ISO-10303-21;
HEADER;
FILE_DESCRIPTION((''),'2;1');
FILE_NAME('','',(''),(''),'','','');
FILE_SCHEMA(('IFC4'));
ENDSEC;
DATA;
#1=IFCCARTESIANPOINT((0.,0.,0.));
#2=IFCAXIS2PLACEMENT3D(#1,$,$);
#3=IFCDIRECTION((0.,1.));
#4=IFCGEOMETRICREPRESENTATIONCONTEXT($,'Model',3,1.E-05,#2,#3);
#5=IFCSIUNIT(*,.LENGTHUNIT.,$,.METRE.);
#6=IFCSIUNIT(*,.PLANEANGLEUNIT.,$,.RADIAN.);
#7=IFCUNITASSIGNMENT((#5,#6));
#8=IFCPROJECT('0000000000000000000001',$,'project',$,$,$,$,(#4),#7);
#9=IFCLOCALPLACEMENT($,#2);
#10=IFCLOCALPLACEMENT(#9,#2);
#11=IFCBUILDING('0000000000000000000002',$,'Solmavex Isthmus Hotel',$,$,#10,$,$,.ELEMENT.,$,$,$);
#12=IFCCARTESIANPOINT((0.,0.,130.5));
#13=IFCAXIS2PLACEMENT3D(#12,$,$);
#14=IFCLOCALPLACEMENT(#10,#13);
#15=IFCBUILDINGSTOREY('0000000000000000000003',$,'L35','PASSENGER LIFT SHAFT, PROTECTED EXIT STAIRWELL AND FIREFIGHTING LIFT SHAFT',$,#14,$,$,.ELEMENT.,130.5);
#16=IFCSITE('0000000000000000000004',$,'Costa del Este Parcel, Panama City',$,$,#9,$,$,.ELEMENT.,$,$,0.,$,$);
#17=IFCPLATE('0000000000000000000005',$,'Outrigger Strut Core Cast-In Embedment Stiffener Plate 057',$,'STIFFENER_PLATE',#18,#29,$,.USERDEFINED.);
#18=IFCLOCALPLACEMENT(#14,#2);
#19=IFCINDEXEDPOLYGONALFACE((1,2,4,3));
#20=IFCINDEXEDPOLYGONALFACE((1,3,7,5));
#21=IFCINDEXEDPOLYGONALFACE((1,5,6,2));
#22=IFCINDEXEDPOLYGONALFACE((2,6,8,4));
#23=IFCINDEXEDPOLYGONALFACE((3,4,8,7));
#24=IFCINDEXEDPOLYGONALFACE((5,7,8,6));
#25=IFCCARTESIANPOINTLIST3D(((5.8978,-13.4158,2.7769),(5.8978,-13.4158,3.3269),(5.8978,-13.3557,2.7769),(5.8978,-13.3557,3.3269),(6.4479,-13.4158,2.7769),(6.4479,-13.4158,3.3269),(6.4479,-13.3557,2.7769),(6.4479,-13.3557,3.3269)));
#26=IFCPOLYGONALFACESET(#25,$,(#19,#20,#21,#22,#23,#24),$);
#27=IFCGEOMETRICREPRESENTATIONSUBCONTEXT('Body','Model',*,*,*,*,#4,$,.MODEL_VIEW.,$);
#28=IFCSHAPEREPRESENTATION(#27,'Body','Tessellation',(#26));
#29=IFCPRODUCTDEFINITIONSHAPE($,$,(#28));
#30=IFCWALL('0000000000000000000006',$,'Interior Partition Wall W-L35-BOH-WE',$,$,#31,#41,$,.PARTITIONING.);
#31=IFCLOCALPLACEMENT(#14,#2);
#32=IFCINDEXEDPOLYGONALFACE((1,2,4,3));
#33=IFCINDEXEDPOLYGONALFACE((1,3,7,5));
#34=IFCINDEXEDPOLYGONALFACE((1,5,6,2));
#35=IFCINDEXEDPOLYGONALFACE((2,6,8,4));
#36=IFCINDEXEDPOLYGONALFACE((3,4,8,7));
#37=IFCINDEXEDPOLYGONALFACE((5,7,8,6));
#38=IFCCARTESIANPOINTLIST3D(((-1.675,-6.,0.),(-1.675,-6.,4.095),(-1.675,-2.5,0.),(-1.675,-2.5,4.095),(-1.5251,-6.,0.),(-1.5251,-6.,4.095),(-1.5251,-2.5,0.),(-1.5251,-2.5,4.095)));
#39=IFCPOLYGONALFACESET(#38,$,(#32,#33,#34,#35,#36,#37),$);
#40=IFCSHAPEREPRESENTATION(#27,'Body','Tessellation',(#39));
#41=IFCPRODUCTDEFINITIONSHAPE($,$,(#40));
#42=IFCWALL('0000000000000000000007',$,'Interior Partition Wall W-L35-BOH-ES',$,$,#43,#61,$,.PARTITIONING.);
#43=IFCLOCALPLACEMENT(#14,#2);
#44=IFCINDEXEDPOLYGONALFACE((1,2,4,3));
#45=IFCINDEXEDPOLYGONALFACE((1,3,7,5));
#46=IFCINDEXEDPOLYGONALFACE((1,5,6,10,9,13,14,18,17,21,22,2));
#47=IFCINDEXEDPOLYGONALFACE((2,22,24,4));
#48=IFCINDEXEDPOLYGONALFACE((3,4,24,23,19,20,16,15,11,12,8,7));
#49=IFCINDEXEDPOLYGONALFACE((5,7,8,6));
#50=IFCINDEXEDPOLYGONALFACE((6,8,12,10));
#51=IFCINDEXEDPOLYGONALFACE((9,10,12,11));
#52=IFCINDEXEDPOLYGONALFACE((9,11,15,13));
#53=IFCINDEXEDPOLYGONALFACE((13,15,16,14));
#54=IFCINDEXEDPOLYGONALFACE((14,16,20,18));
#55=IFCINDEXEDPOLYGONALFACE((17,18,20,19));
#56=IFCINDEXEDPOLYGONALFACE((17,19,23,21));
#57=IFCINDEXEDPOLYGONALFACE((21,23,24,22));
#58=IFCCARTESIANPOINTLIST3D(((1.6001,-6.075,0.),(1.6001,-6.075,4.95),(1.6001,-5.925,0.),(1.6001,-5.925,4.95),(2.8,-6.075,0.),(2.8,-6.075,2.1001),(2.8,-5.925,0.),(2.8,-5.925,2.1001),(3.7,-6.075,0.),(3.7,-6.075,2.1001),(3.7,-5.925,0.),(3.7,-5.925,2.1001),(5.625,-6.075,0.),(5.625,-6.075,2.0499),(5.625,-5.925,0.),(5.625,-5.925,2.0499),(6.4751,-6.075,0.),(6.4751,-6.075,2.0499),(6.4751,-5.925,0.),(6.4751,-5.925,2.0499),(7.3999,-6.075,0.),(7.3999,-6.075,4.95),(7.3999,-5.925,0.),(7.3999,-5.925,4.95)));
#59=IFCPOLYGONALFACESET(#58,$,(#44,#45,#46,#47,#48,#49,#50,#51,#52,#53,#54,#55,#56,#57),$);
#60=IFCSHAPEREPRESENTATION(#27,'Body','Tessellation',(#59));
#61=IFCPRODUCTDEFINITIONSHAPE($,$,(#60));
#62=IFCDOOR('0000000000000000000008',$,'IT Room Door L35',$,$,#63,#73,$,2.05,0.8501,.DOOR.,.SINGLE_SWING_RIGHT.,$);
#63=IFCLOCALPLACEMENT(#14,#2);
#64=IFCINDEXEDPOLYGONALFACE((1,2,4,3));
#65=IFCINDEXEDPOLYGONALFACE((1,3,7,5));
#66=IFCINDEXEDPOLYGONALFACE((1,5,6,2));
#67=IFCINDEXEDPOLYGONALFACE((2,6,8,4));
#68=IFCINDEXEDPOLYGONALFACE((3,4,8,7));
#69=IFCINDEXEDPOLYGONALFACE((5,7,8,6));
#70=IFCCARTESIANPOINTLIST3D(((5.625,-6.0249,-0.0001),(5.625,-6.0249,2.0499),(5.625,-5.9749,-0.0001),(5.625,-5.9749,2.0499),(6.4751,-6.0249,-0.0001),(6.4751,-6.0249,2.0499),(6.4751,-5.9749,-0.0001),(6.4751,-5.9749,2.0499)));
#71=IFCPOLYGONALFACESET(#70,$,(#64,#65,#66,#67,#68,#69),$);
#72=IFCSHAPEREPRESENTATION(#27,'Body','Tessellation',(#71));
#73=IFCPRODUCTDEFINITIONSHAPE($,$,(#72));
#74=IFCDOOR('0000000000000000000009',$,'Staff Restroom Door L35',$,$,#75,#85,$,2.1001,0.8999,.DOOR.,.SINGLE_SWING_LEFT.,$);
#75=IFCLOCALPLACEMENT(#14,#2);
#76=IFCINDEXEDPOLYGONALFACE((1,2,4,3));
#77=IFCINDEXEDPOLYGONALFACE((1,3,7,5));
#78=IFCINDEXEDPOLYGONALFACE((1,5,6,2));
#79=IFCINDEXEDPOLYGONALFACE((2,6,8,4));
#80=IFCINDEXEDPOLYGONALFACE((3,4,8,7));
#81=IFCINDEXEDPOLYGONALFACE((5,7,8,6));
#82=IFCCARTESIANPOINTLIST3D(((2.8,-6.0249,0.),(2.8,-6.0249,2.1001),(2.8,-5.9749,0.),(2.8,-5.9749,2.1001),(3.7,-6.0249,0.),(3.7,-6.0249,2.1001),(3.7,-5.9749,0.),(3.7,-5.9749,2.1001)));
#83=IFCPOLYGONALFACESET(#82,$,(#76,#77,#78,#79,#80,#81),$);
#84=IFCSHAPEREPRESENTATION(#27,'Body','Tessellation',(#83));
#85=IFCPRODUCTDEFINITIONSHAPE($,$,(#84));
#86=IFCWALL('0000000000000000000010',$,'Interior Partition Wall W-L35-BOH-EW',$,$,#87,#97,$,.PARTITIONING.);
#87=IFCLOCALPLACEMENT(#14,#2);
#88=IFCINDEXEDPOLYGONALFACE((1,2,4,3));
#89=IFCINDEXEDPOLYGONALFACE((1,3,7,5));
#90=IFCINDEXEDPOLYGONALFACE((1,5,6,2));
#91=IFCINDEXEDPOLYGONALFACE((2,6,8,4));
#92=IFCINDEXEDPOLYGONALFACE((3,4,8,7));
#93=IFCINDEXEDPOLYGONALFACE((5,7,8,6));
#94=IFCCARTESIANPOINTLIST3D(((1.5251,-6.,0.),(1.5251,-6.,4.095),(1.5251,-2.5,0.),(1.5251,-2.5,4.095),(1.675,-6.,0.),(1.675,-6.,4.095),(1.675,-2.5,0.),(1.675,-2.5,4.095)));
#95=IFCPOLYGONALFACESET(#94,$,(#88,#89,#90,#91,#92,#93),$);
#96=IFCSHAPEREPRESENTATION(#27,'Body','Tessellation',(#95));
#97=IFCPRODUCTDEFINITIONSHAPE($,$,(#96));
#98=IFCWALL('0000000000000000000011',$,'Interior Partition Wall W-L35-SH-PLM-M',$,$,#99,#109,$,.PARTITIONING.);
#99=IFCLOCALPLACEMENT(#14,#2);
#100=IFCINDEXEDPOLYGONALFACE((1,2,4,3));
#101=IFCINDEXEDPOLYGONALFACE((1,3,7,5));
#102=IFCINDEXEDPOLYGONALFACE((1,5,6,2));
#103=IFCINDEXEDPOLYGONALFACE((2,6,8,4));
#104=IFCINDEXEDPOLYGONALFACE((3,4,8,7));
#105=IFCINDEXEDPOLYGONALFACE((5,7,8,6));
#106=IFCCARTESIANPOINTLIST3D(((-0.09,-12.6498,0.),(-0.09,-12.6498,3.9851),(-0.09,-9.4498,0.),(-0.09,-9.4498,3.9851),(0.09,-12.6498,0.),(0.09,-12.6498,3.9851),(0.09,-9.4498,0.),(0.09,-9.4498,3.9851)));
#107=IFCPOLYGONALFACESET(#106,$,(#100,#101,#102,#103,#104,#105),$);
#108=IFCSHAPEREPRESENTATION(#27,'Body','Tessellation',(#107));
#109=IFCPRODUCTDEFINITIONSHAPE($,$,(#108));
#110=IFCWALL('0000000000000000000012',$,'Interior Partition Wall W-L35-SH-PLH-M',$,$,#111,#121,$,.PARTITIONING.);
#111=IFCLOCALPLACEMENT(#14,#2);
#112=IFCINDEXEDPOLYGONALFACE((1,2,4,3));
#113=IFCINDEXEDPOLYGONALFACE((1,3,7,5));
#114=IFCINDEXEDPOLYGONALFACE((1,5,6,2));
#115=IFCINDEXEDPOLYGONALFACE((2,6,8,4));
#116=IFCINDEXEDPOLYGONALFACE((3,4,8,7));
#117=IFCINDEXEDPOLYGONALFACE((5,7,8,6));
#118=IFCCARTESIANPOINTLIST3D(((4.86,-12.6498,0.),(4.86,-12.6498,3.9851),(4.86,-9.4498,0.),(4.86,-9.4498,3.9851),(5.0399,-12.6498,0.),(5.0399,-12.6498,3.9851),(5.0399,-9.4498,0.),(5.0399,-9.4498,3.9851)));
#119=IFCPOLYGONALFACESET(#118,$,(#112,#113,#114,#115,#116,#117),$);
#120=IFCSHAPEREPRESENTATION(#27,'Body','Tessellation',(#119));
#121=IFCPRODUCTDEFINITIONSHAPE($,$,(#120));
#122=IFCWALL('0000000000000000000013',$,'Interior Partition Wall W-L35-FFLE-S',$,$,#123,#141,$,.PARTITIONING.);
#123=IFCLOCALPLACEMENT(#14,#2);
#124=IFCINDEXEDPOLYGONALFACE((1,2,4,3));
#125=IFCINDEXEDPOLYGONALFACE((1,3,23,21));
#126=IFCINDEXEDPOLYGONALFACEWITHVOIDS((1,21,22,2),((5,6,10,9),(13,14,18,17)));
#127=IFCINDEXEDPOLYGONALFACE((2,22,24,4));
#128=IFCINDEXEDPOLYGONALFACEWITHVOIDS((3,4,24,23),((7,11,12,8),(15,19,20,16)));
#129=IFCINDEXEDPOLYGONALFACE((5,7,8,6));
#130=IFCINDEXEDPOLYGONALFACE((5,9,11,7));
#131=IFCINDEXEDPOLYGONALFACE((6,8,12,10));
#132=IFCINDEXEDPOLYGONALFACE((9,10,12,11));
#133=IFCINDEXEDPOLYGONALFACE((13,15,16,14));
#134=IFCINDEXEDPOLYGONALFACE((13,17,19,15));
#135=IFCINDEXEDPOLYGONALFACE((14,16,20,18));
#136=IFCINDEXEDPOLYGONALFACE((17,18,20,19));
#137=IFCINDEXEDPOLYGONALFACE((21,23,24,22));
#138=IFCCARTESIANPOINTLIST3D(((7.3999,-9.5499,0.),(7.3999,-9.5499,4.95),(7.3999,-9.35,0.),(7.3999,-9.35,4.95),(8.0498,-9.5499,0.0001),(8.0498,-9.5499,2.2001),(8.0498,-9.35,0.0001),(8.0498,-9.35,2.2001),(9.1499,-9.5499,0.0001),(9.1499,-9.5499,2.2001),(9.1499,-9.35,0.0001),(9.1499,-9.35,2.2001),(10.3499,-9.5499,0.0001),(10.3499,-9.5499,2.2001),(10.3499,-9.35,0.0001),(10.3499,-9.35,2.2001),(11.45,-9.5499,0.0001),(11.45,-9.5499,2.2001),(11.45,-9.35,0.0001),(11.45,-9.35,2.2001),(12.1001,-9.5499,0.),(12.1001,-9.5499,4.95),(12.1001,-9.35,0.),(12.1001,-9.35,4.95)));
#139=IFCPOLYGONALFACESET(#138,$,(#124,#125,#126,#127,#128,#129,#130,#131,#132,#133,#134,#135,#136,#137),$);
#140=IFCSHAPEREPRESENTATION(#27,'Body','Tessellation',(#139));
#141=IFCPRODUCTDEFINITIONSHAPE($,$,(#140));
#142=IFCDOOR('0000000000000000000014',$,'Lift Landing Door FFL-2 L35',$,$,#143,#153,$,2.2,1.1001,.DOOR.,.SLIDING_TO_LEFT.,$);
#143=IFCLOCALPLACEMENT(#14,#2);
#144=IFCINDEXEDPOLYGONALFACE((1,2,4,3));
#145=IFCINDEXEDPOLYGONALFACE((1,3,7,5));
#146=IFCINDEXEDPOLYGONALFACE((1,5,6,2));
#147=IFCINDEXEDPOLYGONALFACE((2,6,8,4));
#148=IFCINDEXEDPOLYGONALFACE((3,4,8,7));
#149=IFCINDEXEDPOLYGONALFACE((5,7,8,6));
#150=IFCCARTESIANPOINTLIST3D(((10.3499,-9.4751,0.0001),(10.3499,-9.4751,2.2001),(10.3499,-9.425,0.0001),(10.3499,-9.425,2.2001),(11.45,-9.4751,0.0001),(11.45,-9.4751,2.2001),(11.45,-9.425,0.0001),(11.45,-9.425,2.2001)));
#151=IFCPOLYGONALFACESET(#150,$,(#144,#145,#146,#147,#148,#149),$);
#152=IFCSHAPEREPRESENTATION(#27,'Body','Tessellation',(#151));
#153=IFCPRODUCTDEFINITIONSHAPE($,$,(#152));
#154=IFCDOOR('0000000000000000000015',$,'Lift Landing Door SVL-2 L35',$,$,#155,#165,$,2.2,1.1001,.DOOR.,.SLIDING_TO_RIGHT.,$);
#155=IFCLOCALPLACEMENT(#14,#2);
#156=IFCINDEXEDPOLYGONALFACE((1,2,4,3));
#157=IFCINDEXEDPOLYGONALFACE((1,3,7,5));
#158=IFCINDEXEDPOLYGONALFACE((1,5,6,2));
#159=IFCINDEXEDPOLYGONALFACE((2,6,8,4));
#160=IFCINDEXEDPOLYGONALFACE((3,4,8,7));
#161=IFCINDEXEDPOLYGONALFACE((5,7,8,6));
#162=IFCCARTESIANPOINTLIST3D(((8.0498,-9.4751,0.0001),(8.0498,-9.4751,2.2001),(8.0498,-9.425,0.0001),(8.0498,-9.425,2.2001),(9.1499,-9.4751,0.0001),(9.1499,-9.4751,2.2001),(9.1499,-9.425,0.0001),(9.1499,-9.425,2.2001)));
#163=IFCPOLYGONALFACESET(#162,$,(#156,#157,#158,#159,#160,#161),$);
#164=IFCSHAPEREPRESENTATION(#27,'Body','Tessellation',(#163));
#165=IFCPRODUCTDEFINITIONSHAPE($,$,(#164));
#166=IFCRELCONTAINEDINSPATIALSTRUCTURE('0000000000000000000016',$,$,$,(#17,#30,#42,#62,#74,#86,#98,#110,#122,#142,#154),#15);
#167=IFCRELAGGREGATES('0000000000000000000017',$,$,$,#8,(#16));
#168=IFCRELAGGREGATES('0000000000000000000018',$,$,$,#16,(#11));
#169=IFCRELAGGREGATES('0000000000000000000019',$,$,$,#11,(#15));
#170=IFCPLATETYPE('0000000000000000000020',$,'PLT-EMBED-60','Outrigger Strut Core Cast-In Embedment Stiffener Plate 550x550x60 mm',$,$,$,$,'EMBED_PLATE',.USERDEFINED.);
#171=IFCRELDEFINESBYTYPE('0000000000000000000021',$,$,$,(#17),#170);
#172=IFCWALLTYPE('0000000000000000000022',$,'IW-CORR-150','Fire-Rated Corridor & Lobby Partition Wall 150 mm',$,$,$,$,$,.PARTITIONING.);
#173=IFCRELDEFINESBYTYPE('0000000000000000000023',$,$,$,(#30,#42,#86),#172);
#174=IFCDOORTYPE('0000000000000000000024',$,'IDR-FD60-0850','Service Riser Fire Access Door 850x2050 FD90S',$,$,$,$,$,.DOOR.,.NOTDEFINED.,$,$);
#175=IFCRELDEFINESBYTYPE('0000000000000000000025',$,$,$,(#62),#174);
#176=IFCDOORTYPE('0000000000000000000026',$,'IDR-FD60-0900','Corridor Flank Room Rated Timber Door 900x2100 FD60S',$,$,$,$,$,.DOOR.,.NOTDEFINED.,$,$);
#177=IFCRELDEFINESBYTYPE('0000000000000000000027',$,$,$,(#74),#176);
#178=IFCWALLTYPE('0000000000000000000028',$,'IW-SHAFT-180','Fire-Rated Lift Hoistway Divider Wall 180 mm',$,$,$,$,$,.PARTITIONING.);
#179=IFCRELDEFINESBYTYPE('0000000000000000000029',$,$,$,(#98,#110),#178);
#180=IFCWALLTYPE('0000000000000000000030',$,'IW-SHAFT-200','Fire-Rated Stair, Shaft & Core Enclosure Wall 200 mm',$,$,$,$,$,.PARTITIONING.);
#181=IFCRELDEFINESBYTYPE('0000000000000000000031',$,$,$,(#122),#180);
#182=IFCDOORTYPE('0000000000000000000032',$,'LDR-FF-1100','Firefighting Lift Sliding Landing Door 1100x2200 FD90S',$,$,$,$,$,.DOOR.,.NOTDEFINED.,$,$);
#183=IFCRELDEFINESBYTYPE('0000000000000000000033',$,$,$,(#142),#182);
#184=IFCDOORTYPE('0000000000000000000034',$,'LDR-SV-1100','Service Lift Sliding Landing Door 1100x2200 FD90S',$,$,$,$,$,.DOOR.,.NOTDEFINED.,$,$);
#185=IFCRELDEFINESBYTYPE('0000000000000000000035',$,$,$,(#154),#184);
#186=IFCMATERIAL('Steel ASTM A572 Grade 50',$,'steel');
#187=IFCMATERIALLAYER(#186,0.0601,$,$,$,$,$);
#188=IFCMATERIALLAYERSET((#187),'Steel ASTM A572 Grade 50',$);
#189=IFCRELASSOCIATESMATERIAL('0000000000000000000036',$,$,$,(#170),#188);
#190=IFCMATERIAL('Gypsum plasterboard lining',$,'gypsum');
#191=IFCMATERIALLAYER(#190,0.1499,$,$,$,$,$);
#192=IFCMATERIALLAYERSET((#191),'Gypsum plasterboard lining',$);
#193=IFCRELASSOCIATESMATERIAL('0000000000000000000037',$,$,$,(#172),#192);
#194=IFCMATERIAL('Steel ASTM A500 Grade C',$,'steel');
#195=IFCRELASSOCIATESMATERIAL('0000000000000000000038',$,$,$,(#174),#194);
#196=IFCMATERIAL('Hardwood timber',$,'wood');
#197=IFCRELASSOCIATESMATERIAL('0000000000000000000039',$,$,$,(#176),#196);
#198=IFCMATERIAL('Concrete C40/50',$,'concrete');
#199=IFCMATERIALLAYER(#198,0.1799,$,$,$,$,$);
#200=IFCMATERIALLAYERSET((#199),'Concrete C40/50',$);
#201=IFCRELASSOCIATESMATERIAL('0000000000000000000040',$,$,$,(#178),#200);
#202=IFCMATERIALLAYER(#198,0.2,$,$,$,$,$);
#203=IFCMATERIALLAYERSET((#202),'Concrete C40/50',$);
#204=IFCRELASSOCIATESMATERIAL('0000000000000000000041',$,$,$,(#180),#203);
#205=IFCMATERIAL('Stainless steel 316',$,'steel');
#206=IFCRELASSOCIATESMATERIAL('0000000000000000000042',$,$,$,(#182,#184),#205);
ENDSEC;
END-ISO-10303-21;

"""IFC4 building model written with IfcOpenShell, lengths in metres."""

from ifc_helpers import new_model, si_unit, direction, frame, frame_2d, origin, origin_2d, place, context, subcontext, project, spatial, rectangle, extrude, material, layer, layer_set, type_object, element, fill, save


model = new_model("IFC4")

# Units and contexts
model_context = context("Model", 3, precision=1e-05, world=origin(), true_north=direction((0.0, 1.0)))
body_context = subcontext(model_context, "Body", "Model", "MODEL_VIEW")
ifc_project = project(units=[si_unit("LENGTHUNIT", "METRE"), si_unit("PLANEANGLEUNIT", "RADIAN")], contexts=[model_context])

# Site, building, storey
site_placement = place(None, origin())
site = spatial("IfcSite", under=ifc_project, at=site_placement, Name="Costa del Este Parcel, Panama City", CompositionType="ELEMENT", RefElevation=0.0)
building_placement = place(site_placement, origin())
building = spatial("IfcBuilding", under=site, at=building_placement, Name="Solmavex Isthmus Hotel", CompositionType="ELEMENT")
storey_placement = place(building_placement, frame((0.0, 0.0, 130.5)))
storey = spatial("IfcBuildingStorey", under=building, at=storey_placement, Name="L35", Description="PASSENGER LIFT SHAFT, PROTECTED EXIT STAIRWELL AND FIREFIGHTING LIFT SHAFT", CompositionType="ELEMENT", Elevation=130.5)

# Plate
ifc_material_1 = material(Name="Steel ASTM A572 Grade 50", Category="steel")
ifc_layer_1 = layer(ifc_material_1, 0.0601)
ifc_layer_set_1 = layer_set([ifc_layer_1], Name="Steel ASTM A572 Grade 50")
plate_type = type_object("IfcPlateType", Name="PLT-EMBED-60", Description="Outrigger Strut Core Cast-In Embedment Stiffener Plate 550x550x60 mm", ElementType="EMBED_PLATE", PredefinedType="USERDEFINED", material=ifc_layer_set_1)
plate_placement = place(storey_placement, frame((6.1729, -13.3857, 2.7769), z_axis=(0.0, 0.0, 1.0), x_axis=(1.0, 0.0, 0.0)))
element("IfcPlate", 1, at=plate_placement, inside=storey, type_object=plate_type, Name="Outrigger Strut Core Cast-In Embedment Stiffener Plate 057", ObjectType="STIFFENER_PLATE", PredefinedType="USERDEFINED", context=body_context, shape_type="SweptSolid", body=[
    extrude(rectangle(XDim=0.55, YDim=0.0601, at=origin_2d()), origin(), (0.0, 0.0, 1.0), 0.55),
])

# Wall
ifc_material_2 = material(Name="Gypsum plasterboard lining", Category="gypsum")
ifc_layer_2 = layer(ifc_material_2, 0.1499)
ifc_layer_set_2 = layer_set([ifc_layer_2], Name="Gypsum plasterboard lining")
wall_type_1 = type_object("IfcWallType", Name="IW-CORR-150", Description="Fire-Rated Corridor & Lobby Partition Wall 150 mm", PredefinedType="PARTITIONING", material=ifc_layer_set_2)
wall_1_placement = place(storey_placement, frame((-1.6001, -6.0, 0.0), z_axis=(0.0, 0.0, 1.0), x_axis=(0.0, 1.0, 0.0)))
element("IfcWall", 2, at=wall_1_placement, inside=storey, type_object=wall_type_1, Name="Interior Partition Wall W-L35-BOH-WE", PredefinedType="PARTITIONING", context=body_context, shape_type="SweptSolid", body=[
    extrude(rectangle(XDim=3.5, YDim=0.1499, at=frame_2d((1.75, 0.0))), origin(), (0.0, 0.0, 1.0), 4.095),
])

# Wall, openings, doors
wall_2_placement = place(storey_placement, frame((1.6001, -6.0, 0.0), z_axis=(0.0, 0.0, 1.0), x_axis=(1.0, 0.0, 0.0)))
wall_2 = element("IfcWall", 3, at=wall_2_placement, inside=storey, type_object=wall_type_1, Name="Interior Partition Wall W-L35-BOH-ES", PredefinedType="PARTITIONING", context=body_context, shape_type="SweptSolid", body=[
    extrude(rectangle(XDim=5.7998, YDim=0.1499, at=frame_2d((2.8999, 0.0))), origin(), (0.0, 0.0, 1.0), 4.95),
])
opening_1_placement = place(wall_2_placement, frame((1.2, 0.0, 0.0)))
opening_1 = element("IfcOpeningElement", 4, at=opening_1_placement, cuts=wall_2, PredefinedType="OPENING", context=body_context, shape_type="SweptSolid", body=[
    extrude(rectangle(XDim=0.8999, YDim=2.1001, at=frame_2d((0.45, 1.05))), frame((0.0, 0.085, 0.0), z_axis=(0.0, -1.0, 0.0), x_axis=(1.0, 0.0, 0.0)), (0.0, 0.0, 1.0), 0.1699),
])
opening_2_placement = place(wall_2_placement, frame((4.0249, 0.0, 0.0)))
opening_2 = element("IfcOpeningElement", 5, at=opening_2_placement, cuts=wall_2, PredefinedType="OPENING", context=body_context, shape_type="SweptSolid", body=[
    extrude(rectangle(XDim=0.8501, YDim=2.05, at=frame_2d((0.425, 1.0249))), frame((0.0, 0.085, 0.0), z_axis=(0.0, -1.0, 0.0), x_axis=(1.0, 0.0, 0.0)), (0.0, 0.0, 1.0), 0.1699),
])
ifc_material_3 = material(Name="Steel ASTM A500 Grade C", Category="steel")
door_type_1 = type_object("IfcDoorType", Name="IDR-FD60-0850", Description="Service Riser Fire Access Door 850x2050 FD90S", OperationType="NOTDEFINED", PredefinedType="DOOR", material=ifc_material_3)
door_1_placement = place(opening_2_placement, frame((0.8501, 0.0, 0.0), z_axis=(0.0, 0.0, 1.0), x_axis=(-1.0, 0.0, 0.0)))
door_1 = element("IfcDoor", 6, at=door_1_placement, inside=storey, type_object=door_type_1, Name="IT Room Door L35", OperationType="SINGLE_SWING_RIGHT", OverallHeight=2.05, OverallWidth=0.8501, PredefinedType="DOOR", context=body_context, shape_type="SweptSolid", body=[
    extrude(rectangle(XDim=0.8501, YDim=2.05, at=frame_2d((0.425, 1.0249))), frame((0.0, 0.0249, 0.0), z_axis=(0.0, -1.0, 0.0), x_axis=(1.0, 0.0, 0.0)), (0.0, 0.0, 1.0), 0.05),
])
fill(opening_2, door_1)
ifc_material_4 = material(Name="Hardwood timber", Category="wood")
door_type_2 = type_object("IfcDoorType", Name="IDR-FD60-0900", Description="Corridor Flank Room Rated Timber Door 900x2100 FD60S", OperationType="NOTDEFINED", PredefinedType="DOOR", material=ifc_material_4)
door_2_placement = place(opening_1_placement, frame((0.8999, 0.0, 0.0), z_axis=(0.0, 0.0, 1.0), x_axis=(-1.0, 0.0, 0.0)))
door_2 = element("IfcDoor", 7, at=door_2_placement, inside=storey, type_object=door_type_2, Name="Staff Restroom Door L35", OperationType="SINGLE_SWING_LEFT", OverallHeight=2.1001, OverallWidth=0.8999, PredefinedType="DOOR", context=body_context, shape_type="SweptSolid", body=[
    extrude(rectangle(XDim=0.8999, YDim=2.1001, at=frame_2d((0.45, 1.05))), frame((0.0, 0.0249, 0.0), z_axis=(0.0, -1.0, 0.0), x_axis=(1.0, 0.0, 0.0)), (0.0, 0.0, 1.0), 0.05),
])
fill(opening_1, door_2)

# Walls
wall_3_placement = place(storey_placement, frame((1.6001, -6.0, 0.0), z_axis=(0.0, 0.0, 1.0), x_axis=(0.0, 1.0, 0.0)))
element("IfcWall", 8, at=wall_3_placement, inside=storey, type_object=wall_type_1, Name="Interior Partition Wall W-L35-BOH-EW", PredefinedType="PARTITIONING", context=body_context, shape_type="SweptSolid", body=[
    extrude(rectangle(XDim=3.5, YDim=0.1499, at=frame_2d((1.75, 0.0))), origin(), (0.0, 0.0, 1.0), 4.095),
])
ifc_material_5 = material(Name="Concrete C40/50", Category="concrete")
ifc_layer_3 = layer(ifc_material_5, 0.1799)
ifc_layer_set_3 = layer_set([ifc_layer_3], Name="Concrete C40/50")
wall_type_2 = type_object("IfcWallType", Name="IW-SHAFT-180", Description="Fire-Rated Lift Hoistway Divider Wall 180 mm", PredefinedType="PARTITIONING", material=ifc_layer_set_3)
for number, where, z_axis, x_axis, name in (
    (9, (0.0, -12.6499, 0.0), (0.0, 0.0, 1.0), (0.0, 1.0, 0.0), "Interior Partition Wall W-L35-SH-PLM-M"),
    (10, (4.95, -12.6499, 0.0), (0.0, 0.0, 1.0), (0.0, 1.0, 0.0), "Interior Partition Wall W-L35-SH-PLH-M"),
):
    element("IfcWall", number, at=place(storey_placement, frame(where, z_axis=z_axis, x_axis=x_axis)), inside=storey, type_object=wall_type_2, Name=name, PredefinedType="PARTITIONING", context=body_context, shape_type="SweptSolid", body=[
        extrude(rectangle(XDim=3.2, YDim=0.1799, at=frame_2d((1.6001, 0.0))), origin(), (0.0, 0.0, 1.0), 3.9851),
    ])

# Wall, openings, doors
ifc_layer_4 = layer(ifc_material_5, 0.2)
ifc_layer_set_4 = layer_set([ifc_layer_4], Name="Concrete C40/50")
wall_type_3 = type_object("IfcWallType", Name="IW-SHAFT-200", Description="Fire-Rated Stair, Shaft & Core Enclosure Wall 200 mm", PredefinedType="PARTITIONING", material=ifc_layer_set_4)
wall_4_placement = place(storey_placement, frame((7.3999, -9.45, 0.0), z_axis=(0.0, 0.0, 1.0), x_axis=(1.0, 0.0, 0.0)))
wall_4 = element("IfcWall", 11, at=wall_4_placement, inside=storey, type_object=wall_type_3, Name="Interior Partition Wall W-L35-FFLE-S", PredefinedType="PARTITIONING", context=body_context, shape_type="SweptSolid", body=[
    extrude(rectangle(XDim=4.7002, YDim=0.2, at=frame_2d((2.3501, 0.0))), origin(), (0.0, 0.0, 1.0), 4.95),
])
opening_3_placement = place(wall_4_placement, frame((2.95, 0.0, 0.0)))
opening_3 = element("IfcOpeningElement", 12, at=opening_3_placement, cuts=wall_4, PredefinedType="OPENING", context=body_context, shape_type="SweptSolid", body=[
    extrude(rectangle(XDim=1.1001, YDim=2.2, at=frame_2d((0.55, 1.1001))), frame((0.0, 0.1099, 0.0), z_axis=(0.0, -1.0, 0.0), x_axis=(1.0, 0.0, 0.0)), (0.0, 0.0, 1.0), 0.22),
])
opening_4_placement = place(wall_4_placement, frame((0.6499, 0.0, 0.0)))
opening_4 = element("IfcOpeningElement", 13, at=opening_4_placement, cuts=wall_4, PredefinedType="OPENING", context=body_context, shape_type="SweptSolid", body=[
    extrude(rectangle(XDim=1.1001, YDim=2.2, at=frame_2d((0.55, 1.1001))), frame((0.0, 0.1099, 0.0), z_axis=(0.0, -1.0, 0.0), x_axis=(1.0, 0.0, 0.0)), (0.0, 0.0, 1.0), 0.22),
])
ifc_material_6 = material(Name="Stainless steel 316", Category="steel")
door_type_3 = type_object("IfcDoorType", Name="LDR-FF-1100", Description="Firefighting Lift Sliding Landing Door 1100x2200 FD90S", OperationType="NOTDEFINED", PredefinedType="DOOR", material=ifc_material_6)
door_3_placement = place(opening_3_placement, origin())
door_3 = element("IfcDoor", 14, at=door_3_placement, inside=storey, type_object=door_type_3, Name="Lift Landing Door FFL-2 L35", OperationType="SLIDING_TO_LEFT", OverallHeight=2.2, OverallWidth=1.1001, PredefinedType="DOOR", context=body_context, shape_type="SweptSolid", body=[
    extrude(rectangle(XDim=1.1001, YDim=2.2, at=frame_2d((0.55, 1.1001))), frame((0.0, 0.0249, 0.0), z_axis=(0.0, -1.0, 0.0), x_axis=(1.0, 0.0, 0.0)), (0.0, 0.0, 1.0), 0.05),
])
fill(opening_3, door_3)
door_type_4 = type_object("IfcDoorType", Name="LDR-SV-1100", Description="Service Lift Sliding Landing Door 1100x2200 FD90S", OperationType="NOTDEFINED", PredefinedType="DOOR", material=ifc_material_6)
door_4_placement = place(opening_4_placement, origin())
door_4 = element("IfcDoor", 15, at=door_4_placement, inside=storey, type_object=door_type_4, Name="Lift Landing Door SVL-2 L35", OperationType="SLIDING_TO_RIGHT", OverallHeight=2.2, OverallWidth=1.1001, PredefinedType="DOOR", context=body_context, shape_type="SweptSolid", body=[
    extrude(rectangle(XDim=1.1001, YDim=2.2, at=frame_2d((0.55, 1.1001))), frame((0.0, 0.0249, 0.0), z_axis=(0.0, -1.0, 0.0), x_axis=(1.0, 0.0, 0.0)), (0.0, 0.0, 1.0), 0.05),
])
fill(opening_4, door_4)

save(model, "model.ifc")
